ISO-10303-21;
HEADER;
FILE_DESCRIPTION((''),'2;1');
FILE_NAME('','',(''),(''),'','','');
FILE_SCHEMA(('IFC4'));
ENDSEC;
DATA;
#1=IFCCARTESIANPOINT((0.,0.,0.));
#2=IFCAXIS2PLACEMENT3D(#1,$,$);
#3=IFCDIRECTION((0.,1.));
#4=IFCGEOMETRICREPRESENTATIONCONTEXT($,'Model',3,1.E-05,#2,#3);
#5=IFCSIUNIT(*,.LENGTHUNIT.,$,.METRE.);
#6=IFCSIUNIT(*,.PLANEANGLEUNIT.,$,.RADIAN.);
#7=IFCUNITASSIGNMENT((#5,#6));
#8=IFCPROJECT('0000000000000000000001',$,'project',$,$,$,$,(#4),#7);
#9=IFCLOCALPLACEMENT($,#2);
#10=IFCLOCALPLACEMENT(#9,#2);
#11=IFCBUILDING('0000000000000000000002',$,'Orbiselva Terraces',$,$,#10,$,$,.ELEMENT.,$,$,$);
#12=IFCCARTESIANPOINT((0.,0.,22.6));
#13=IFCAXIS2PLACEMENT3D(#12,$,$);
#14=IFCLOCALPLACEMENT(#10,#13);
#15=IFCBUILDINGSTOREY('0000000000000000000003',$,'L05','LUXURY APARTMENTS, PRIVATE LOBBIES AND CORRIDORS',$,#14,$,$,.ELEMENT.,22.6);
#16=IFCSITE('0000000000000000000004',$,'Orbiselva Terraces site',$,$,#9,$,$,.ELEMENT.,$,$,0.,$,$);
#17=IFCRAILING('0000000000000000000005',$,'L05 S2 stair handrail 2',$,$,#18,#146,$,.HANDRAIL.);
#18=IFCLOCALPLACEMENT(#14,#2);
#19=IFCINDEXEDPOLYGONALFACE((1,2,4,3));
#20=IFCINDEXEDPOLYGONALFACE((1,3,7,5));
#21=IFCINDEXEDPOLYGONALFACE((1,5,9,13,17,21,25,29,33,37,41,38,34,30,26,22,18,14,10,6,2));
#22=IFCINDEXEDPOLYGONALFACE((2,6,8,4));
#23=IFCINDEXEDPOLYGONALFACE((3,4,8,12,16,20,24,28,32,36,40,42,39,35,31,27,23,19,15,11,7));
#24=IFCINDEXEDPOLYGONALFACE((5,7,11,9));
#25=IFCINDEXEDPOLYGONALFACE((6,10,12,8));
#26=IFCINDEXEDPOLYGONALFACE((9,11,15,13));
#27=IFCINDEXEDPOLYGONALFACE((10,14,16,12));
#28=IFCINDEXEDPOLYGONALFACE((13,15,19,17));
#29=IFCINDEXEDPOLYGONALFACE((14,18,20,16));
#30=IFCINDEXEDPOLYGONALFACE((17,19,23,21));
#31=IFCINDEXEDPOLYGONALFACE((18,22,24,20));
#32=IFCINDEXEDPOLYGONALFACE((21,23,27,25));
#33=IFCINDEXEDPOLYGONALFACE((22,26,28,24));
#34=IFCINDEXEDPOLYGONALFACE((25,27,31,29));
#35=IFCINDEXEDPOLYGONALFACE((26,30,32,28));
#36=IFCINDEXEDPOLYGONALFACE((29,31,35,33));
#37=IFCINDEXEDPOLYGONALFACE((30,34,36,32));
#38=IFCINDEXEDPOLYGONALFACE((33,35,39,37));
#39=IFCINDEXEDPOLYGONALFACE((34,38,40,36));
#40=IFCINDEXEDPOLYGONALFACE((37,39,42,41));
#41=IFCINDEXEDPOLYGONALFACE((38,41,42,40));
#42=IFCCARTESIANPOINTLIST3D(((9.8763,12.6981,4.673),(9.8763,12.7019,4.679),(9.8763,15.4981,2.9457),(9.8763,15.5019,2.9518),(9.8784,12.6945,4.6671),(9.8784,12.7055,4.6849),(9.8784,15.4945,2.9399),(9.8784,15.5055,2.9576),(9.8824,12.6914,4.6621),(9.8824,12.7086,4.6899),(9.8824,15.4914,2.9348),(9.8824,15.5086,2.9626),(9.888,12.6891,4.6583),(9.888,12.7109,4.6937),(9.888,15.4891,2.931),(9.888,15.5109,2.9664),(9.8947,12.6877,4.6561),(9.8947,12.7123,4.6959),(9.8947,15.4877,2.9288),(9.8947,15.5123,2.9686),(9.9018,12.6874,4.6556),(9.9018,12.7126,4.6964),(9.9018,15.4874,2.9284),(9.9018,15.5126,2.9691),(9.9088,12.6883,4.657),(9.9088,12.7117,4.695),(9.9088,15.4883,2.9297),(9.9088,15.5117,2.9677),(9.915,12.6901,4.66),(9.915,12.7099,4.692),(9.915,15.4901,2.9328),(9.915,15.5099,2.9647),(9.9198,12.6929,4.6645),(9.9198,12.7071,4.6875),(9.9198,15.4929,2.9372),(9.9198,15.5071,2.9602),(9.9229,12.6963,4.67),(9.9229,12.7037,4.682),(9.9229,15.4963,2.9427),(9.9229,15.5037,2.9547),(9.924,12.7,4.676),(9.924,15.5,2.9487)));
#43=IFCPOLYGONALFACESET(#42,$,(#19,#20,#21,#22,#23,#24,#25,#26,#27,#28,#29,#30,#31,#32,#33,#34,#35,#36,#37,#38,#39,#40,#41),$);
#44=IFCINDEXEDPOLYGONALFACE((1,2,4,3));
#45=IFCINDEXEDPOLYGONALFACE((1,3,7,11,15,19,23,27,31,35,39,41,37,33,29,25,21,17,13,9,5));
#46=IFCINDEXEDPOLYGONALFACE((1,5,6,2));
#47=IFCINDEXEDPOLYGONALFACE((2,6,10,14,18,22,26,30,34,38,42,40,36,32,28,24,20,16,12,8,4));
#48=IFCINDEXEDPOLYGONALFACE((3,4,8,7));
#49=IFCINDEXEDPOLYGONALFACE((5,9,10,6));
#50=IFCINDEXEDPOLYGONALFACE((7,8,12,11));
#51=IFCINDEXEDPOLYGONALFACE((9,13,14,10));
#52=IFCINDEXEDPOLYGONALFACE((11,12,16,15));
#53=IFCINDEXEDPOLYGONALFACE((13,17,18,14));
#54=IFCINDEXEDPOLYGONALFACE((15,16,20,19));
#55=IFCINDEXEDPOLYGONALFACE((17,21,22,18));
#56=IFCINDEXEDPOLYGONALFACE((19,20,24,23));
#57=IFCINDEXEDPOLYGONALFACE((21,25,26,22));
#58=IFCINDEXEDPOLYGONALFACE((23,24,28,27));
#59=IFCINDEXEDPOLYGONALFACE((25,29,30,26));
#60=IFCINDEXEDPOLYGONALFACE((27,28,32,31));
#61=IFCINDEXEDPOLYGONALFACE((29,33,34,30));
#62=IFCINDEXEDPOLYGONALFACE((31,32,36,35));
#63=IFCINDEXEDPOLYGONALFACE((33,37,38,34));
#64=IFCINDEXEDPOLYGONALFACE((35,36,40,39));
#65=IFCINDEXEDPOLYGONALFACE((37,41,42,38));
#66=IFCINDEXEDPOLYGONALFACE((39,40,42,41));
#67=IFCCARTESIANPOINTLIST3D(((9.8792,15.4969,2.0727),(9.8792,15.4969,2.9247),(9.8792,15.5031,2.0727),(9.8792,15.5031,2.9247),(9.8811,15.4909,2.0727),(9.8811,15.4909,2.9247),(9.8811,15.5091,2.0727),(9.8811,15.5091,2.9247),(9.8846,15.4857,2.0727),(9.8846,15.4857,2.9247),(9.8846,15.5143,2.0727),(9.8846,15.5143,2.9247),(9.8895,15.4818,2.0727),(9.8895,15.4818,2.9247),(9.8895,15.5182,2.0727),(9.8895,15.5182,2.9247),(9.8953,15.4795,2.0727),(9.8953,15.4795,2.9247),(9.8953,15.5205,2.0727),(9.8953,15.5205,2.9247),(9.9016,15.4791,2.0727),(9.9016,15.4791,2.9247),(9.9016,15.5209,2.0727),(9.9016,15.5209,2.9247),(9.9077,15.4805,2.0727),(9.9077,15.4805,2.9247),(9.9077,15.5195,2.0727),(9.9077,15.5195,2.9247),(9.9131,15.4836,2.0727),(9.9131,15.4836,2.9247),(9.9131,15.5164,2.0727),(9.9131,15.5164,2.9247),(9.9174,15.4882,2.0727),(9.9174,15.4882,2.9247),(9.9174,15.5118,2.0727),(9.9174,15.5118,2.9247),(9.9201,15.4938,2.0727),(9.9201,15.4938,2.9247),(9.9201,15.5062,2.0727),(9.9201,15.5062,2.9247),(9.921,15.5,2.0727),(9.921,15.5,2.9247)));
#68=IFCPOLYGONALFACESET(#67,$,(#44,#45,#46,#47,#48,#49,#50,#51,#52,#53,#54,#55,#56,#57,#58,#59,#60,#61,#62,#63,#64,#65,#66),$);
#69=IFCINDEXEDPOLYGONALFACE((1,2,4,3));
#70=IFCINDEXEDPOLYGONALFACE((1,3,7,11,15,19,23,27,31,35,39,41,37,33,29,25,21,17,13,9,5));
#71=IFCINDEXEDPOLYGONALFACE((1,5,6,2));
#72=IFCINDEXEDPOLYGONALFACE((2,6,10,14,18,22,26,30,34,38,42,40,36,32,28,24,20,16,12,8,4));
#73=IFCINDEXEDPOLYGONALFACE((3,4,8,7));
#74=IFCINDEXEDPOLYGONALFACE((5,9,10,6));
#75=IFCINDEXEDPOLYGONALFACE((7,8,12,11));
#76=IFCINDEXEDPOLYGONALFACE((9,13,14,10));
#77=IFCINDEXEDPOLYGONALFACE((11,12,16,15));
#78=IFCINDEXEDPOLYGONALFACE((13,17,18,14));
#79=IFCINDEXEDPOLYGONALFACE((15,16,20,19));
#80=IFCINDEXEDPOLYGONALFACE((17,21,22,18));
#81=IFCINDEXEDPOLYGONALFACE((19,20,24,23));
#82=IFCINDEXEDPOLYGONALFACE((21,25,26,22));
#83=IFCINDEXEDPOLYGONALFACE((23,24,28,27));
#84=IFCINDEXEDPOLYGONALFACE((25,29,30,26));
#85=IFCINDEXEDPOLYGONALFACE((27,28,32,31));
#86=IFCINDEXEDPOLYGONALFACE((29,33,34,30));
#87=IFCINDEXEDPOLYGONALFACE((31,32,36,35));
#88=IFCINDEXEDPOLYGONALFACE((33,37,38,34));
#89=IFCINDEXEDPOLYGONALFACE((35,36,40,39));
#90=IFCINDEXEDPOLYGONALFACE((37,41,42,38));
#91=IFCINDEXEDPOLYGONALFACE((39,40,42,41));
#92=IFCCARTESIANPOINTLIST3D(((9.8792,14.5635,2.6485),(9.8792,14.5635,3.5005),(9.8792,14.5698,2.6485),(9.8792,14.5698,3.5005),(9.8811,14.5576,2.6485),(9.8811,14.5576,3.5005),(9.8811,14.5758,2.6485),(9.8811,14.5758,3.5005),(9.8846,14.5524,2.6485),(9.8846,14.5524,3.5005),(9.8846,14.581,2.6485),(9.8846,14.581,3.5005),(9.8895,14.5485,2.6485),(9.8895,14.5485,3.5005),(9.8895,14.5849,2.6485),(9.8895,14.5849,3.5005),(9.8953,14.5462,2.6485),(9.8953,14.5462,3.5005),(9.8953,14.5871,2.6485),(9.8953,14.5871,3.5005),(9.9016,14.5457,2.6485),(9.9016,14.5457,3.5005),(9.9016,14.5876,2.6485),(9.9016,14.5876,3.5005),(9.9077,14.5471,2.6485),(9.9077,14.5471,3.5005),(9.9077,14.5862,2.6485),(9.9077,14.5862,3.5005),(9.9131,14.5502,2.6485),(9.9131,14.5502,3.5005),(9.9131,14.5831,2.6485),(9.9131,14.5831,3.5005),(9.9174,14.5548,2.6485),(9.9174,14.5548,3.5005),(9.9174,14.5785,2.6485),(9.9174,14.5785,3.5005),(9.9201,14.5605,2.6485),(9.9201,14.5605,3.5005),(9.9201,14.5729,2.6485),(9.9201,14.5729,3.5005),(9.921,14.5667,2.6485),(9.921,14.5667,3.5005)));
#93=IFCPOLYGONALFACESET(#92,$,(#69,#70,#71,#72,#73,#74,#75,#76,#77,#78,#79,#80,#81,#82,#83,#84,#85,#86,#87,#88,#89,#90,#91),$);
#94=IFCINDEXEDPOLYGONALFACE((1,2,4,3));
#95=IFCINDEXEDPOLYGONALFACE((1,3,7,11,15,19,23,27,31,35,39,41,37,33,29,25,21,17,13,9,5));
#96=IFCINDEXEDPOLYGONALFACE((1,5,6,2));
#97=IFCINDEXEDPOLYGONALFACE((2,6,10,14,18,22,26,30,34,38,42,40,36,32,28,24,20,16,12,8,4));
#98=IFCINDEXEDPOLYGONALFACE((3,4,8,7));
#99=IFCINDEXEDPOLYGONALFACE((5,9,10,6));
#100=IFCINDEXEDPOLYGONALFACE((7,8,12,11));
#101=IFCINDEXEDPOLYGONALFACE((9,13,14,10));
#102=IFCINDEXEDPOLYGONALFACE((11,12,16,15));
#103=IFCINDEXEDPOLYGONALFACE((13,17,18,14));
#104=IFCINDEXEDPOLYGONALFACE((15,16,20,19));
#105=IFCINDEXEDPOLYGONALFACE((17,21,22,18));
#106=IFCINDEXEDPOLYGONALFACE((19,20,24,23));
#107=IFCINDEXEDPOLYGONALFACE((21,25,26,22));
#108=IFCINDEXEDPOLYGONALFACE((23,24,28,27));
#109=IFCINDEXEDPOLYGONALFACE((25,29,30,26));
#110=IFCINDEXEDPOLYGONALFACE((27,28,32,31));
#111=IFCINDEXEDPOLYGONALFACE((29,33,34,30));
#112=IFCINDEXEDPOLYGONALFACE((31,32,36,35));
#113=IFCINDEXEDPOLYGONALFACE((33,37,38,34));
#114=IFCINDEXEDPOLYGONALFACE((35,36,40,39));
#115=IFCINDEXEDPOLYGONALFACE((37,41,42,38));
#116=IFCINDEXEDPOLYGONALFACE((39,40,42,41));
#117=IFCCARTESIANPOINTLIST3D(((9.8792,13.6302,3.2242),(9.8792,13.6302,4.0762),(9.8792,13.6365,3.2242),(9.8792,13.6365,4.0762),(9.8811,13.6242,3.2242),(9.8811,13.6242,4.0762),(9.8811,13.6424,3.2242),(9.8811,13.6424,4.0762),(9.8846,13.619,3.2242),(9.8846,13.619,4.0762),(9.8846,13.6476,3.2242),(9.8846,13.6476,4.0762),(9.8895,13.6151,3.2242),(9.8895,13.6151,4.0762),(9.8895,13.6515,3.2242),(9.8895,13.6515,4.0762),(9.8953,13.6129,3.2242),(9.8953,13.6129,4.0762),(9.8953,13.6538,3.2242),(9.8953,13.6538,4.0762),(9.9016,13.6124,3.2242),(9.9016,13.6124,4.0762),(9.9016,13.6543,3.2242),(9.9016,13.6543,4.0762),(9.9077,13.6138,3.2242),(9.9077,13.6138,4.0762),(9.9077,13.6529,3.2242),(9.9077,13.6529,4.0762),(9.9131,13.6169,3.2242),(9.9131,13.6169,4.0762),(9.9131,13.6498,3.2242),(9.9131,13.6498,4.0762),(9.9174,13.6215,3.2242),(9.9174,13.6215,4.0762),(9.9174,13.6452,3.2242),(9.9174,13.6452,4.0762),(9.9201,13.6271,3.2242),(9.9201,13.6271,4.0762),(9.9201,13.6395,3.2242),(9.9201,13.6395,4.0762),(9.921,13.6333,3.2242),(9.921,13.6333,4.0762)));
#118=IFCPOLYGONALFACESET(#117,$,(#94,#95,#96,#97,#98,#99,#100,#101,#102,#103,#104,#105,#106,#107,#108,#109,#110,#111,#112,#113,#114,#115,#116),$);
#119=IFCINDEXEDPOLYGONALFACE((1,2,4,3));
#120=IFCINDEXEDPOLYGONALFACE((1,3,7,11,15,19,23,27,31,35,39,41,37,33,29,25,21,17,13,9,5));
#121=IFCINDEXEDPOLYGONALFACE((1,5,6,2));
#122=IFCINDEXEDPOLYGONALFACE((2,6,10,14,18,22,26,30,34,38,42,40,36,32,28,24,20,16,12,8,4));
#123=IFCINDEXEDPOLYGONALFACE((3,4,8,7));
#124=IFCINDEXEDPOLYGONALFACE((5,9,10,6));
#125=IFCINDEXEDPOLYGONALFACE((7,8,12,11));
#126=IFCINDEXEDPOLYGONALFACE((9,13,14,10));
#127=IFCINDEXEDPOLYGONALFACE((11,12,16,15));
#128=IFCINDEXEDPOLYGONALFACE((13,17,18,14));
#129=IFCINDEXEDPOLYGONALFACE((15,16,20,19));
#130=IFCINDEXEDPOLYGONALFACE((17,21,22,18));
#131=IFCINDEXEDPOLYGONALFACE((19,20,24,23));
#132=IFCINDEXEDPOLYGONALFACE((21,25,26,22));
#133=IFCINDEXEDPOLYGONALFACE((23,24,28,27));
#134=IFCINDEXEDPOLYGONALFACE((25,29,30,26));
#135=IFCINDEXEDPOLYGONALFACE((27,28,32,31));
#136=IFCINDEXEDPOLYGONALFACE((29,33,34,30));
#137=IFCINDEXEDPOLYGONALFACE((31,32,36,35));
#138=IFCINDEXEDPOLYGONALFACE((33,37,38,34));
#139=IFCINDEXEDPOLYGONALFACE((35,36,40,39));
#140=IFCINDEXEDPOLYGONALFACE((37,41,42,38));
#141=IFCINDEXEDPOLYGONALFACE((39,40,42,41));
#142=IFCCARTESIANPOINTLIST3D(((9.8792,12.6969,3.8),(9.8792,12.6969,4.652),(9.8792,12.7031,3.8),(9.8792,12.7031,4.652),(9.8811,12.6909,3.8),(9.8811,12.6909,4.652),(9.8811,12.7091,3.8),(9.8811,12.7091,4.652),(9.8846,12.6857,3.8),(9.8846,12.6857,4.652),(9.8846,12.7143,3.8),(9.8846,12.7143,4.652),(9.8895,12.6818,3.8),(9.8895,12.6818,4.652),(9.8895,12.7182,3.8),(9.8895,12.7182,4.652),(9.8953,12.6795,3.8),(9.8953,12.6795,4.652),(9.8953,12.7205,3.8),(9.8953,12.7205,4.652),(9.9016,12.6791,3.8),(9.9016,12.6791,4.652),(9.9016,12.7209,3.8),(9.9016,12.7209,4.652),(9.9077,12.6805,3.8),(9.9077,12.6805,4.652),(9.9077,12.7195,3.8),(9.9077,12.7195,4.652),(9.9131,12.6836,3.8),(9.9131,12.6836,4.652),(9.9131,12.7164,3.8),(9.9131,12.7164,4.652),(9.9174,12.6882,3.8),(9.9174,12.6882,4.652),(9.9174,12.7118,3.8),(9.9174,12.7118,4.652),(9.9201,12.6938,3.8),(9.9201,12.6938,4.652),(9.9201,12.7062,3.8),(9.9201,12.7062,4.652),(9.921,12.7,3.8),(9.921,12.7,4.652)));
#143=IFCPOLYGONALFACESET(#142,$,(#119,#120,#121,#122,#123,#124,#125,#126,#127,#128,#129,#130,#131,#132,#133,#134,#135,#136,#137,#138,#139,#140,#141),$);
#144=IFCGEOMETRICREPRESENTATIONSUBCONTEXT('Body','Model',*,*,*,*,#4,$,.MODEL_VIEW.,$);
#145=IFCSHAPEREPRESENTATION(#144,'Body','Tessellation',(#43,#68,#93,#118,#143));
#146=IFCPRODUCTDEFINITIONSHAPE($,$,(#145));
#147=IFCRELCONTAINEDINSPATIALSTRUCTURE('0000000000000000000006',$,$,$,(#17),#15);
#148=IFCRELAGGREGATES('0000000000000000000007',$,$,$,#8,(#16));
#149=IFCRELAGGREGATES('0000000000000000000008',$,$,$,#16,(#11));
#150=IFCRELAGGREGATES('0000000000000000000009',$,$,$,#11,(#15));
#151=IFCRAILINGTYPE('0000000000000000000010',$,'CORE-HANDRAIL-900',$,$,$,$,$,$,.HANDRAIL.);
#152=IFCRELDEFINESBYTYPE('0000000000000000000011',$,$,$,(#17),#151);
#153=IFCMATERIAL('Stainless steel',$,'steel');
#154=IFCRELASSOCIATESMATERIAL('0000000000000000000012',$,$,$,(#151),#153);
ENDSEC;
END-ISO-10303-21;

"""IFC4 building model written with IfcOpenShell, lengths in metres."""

from ifc_helpers import new_model, si_unit, direction, frame, origin, origin_2d, place, context, subcontext, project, spatial, circle, extrude, material, type_object, element, save


model = new_model("IFC4")

# Units and contexts
model_context = context("Model", 3, precision=1e-05, world=origin(), true_north=direction((0.0, 1.0)))
body_context = subcontext(model_context, "Body", "Model", "MODEL_VIEW")
ifc_project = project(units=[si_unit("LENGTHUNIT", "METRE"), si_unit("PLANEANGLEUNIT", "RADIAN")], contexts=[model_context])

# Site, building, storey
site_placement = place(None, origin())
site = spatial("IfcSite", under=ifc_project, at=site_placement, Name="Orbiselva Terraces site", CompositionType="ELEMENT", RefElevation=0.0)
building_placement = place(site_placement, origin())
building = spatial("IfcBuilding", under=site, at=building_placement, Name="Orbiselva Terraces", CompositionType="ELEMENT")
storey_placement = place(building_placement, frame((0.0, 0.0, 22.6)))
storey = spatial("IfcBuildingStorey", under=building, at=storey_placement, Name="L05", Description="LUXURY APARTMENTS, PRIVATE LOBBIES AND CORRIDORS", CompositionType="ELEMENT", Elevation=22.6)

# Railing
ifc_material_1 = material(Name="Stainless steel", Category="steel")
railing_type = type_object("IfcRailingType", Name="CORE-HANDRAIL-900", PredefinedType="HANDRAIL", material=ifc_material_1)
railing_1_placement = place(storey_placement, frame((9.9, 15.5, 2.0727)))
element("IfcRailing", 1, at=railing_1_placement, inside=storey, type_object=railing_type, Name="L05 S2 stair handrail 2", PredefinedType="HANDRAIL", context=body_context, shape_type="SweptSolid", body=[
    extrude(circle(Radius=0.024, at=origin_2d()), frame((0.0, 0.0, 0.876), z_axis=(0.0, -0.851089, 0.525022), x_axis=(1.0, 0.0, 0.0)), (0.0, 0.0, 1.0), 3.2899),
    extrude(circle(Radius=0.021, at=origin_2d()), origin(), (0.0, 0.0, 1.0), 0.852),
    extrude(circle(Radius=0.021, at=origin_2d()), frame((0.0, -0.9333, 0.5758)), (0.0, 0.0, 1.0), 0.852),
    extrude(circle(Radius=0.021, at=origin_2d()), frame((0.0, -1.8667, 1.1515)), (0.0, 0.0, 1.0), 0.852),
    extrude(circle(Radius=0.021, at=origin_2d()), frame((0.0, -2.8, 1.7273)), (0.0, 0.0, 1.0), 0.852),
])

save(model, "model.ifc")
